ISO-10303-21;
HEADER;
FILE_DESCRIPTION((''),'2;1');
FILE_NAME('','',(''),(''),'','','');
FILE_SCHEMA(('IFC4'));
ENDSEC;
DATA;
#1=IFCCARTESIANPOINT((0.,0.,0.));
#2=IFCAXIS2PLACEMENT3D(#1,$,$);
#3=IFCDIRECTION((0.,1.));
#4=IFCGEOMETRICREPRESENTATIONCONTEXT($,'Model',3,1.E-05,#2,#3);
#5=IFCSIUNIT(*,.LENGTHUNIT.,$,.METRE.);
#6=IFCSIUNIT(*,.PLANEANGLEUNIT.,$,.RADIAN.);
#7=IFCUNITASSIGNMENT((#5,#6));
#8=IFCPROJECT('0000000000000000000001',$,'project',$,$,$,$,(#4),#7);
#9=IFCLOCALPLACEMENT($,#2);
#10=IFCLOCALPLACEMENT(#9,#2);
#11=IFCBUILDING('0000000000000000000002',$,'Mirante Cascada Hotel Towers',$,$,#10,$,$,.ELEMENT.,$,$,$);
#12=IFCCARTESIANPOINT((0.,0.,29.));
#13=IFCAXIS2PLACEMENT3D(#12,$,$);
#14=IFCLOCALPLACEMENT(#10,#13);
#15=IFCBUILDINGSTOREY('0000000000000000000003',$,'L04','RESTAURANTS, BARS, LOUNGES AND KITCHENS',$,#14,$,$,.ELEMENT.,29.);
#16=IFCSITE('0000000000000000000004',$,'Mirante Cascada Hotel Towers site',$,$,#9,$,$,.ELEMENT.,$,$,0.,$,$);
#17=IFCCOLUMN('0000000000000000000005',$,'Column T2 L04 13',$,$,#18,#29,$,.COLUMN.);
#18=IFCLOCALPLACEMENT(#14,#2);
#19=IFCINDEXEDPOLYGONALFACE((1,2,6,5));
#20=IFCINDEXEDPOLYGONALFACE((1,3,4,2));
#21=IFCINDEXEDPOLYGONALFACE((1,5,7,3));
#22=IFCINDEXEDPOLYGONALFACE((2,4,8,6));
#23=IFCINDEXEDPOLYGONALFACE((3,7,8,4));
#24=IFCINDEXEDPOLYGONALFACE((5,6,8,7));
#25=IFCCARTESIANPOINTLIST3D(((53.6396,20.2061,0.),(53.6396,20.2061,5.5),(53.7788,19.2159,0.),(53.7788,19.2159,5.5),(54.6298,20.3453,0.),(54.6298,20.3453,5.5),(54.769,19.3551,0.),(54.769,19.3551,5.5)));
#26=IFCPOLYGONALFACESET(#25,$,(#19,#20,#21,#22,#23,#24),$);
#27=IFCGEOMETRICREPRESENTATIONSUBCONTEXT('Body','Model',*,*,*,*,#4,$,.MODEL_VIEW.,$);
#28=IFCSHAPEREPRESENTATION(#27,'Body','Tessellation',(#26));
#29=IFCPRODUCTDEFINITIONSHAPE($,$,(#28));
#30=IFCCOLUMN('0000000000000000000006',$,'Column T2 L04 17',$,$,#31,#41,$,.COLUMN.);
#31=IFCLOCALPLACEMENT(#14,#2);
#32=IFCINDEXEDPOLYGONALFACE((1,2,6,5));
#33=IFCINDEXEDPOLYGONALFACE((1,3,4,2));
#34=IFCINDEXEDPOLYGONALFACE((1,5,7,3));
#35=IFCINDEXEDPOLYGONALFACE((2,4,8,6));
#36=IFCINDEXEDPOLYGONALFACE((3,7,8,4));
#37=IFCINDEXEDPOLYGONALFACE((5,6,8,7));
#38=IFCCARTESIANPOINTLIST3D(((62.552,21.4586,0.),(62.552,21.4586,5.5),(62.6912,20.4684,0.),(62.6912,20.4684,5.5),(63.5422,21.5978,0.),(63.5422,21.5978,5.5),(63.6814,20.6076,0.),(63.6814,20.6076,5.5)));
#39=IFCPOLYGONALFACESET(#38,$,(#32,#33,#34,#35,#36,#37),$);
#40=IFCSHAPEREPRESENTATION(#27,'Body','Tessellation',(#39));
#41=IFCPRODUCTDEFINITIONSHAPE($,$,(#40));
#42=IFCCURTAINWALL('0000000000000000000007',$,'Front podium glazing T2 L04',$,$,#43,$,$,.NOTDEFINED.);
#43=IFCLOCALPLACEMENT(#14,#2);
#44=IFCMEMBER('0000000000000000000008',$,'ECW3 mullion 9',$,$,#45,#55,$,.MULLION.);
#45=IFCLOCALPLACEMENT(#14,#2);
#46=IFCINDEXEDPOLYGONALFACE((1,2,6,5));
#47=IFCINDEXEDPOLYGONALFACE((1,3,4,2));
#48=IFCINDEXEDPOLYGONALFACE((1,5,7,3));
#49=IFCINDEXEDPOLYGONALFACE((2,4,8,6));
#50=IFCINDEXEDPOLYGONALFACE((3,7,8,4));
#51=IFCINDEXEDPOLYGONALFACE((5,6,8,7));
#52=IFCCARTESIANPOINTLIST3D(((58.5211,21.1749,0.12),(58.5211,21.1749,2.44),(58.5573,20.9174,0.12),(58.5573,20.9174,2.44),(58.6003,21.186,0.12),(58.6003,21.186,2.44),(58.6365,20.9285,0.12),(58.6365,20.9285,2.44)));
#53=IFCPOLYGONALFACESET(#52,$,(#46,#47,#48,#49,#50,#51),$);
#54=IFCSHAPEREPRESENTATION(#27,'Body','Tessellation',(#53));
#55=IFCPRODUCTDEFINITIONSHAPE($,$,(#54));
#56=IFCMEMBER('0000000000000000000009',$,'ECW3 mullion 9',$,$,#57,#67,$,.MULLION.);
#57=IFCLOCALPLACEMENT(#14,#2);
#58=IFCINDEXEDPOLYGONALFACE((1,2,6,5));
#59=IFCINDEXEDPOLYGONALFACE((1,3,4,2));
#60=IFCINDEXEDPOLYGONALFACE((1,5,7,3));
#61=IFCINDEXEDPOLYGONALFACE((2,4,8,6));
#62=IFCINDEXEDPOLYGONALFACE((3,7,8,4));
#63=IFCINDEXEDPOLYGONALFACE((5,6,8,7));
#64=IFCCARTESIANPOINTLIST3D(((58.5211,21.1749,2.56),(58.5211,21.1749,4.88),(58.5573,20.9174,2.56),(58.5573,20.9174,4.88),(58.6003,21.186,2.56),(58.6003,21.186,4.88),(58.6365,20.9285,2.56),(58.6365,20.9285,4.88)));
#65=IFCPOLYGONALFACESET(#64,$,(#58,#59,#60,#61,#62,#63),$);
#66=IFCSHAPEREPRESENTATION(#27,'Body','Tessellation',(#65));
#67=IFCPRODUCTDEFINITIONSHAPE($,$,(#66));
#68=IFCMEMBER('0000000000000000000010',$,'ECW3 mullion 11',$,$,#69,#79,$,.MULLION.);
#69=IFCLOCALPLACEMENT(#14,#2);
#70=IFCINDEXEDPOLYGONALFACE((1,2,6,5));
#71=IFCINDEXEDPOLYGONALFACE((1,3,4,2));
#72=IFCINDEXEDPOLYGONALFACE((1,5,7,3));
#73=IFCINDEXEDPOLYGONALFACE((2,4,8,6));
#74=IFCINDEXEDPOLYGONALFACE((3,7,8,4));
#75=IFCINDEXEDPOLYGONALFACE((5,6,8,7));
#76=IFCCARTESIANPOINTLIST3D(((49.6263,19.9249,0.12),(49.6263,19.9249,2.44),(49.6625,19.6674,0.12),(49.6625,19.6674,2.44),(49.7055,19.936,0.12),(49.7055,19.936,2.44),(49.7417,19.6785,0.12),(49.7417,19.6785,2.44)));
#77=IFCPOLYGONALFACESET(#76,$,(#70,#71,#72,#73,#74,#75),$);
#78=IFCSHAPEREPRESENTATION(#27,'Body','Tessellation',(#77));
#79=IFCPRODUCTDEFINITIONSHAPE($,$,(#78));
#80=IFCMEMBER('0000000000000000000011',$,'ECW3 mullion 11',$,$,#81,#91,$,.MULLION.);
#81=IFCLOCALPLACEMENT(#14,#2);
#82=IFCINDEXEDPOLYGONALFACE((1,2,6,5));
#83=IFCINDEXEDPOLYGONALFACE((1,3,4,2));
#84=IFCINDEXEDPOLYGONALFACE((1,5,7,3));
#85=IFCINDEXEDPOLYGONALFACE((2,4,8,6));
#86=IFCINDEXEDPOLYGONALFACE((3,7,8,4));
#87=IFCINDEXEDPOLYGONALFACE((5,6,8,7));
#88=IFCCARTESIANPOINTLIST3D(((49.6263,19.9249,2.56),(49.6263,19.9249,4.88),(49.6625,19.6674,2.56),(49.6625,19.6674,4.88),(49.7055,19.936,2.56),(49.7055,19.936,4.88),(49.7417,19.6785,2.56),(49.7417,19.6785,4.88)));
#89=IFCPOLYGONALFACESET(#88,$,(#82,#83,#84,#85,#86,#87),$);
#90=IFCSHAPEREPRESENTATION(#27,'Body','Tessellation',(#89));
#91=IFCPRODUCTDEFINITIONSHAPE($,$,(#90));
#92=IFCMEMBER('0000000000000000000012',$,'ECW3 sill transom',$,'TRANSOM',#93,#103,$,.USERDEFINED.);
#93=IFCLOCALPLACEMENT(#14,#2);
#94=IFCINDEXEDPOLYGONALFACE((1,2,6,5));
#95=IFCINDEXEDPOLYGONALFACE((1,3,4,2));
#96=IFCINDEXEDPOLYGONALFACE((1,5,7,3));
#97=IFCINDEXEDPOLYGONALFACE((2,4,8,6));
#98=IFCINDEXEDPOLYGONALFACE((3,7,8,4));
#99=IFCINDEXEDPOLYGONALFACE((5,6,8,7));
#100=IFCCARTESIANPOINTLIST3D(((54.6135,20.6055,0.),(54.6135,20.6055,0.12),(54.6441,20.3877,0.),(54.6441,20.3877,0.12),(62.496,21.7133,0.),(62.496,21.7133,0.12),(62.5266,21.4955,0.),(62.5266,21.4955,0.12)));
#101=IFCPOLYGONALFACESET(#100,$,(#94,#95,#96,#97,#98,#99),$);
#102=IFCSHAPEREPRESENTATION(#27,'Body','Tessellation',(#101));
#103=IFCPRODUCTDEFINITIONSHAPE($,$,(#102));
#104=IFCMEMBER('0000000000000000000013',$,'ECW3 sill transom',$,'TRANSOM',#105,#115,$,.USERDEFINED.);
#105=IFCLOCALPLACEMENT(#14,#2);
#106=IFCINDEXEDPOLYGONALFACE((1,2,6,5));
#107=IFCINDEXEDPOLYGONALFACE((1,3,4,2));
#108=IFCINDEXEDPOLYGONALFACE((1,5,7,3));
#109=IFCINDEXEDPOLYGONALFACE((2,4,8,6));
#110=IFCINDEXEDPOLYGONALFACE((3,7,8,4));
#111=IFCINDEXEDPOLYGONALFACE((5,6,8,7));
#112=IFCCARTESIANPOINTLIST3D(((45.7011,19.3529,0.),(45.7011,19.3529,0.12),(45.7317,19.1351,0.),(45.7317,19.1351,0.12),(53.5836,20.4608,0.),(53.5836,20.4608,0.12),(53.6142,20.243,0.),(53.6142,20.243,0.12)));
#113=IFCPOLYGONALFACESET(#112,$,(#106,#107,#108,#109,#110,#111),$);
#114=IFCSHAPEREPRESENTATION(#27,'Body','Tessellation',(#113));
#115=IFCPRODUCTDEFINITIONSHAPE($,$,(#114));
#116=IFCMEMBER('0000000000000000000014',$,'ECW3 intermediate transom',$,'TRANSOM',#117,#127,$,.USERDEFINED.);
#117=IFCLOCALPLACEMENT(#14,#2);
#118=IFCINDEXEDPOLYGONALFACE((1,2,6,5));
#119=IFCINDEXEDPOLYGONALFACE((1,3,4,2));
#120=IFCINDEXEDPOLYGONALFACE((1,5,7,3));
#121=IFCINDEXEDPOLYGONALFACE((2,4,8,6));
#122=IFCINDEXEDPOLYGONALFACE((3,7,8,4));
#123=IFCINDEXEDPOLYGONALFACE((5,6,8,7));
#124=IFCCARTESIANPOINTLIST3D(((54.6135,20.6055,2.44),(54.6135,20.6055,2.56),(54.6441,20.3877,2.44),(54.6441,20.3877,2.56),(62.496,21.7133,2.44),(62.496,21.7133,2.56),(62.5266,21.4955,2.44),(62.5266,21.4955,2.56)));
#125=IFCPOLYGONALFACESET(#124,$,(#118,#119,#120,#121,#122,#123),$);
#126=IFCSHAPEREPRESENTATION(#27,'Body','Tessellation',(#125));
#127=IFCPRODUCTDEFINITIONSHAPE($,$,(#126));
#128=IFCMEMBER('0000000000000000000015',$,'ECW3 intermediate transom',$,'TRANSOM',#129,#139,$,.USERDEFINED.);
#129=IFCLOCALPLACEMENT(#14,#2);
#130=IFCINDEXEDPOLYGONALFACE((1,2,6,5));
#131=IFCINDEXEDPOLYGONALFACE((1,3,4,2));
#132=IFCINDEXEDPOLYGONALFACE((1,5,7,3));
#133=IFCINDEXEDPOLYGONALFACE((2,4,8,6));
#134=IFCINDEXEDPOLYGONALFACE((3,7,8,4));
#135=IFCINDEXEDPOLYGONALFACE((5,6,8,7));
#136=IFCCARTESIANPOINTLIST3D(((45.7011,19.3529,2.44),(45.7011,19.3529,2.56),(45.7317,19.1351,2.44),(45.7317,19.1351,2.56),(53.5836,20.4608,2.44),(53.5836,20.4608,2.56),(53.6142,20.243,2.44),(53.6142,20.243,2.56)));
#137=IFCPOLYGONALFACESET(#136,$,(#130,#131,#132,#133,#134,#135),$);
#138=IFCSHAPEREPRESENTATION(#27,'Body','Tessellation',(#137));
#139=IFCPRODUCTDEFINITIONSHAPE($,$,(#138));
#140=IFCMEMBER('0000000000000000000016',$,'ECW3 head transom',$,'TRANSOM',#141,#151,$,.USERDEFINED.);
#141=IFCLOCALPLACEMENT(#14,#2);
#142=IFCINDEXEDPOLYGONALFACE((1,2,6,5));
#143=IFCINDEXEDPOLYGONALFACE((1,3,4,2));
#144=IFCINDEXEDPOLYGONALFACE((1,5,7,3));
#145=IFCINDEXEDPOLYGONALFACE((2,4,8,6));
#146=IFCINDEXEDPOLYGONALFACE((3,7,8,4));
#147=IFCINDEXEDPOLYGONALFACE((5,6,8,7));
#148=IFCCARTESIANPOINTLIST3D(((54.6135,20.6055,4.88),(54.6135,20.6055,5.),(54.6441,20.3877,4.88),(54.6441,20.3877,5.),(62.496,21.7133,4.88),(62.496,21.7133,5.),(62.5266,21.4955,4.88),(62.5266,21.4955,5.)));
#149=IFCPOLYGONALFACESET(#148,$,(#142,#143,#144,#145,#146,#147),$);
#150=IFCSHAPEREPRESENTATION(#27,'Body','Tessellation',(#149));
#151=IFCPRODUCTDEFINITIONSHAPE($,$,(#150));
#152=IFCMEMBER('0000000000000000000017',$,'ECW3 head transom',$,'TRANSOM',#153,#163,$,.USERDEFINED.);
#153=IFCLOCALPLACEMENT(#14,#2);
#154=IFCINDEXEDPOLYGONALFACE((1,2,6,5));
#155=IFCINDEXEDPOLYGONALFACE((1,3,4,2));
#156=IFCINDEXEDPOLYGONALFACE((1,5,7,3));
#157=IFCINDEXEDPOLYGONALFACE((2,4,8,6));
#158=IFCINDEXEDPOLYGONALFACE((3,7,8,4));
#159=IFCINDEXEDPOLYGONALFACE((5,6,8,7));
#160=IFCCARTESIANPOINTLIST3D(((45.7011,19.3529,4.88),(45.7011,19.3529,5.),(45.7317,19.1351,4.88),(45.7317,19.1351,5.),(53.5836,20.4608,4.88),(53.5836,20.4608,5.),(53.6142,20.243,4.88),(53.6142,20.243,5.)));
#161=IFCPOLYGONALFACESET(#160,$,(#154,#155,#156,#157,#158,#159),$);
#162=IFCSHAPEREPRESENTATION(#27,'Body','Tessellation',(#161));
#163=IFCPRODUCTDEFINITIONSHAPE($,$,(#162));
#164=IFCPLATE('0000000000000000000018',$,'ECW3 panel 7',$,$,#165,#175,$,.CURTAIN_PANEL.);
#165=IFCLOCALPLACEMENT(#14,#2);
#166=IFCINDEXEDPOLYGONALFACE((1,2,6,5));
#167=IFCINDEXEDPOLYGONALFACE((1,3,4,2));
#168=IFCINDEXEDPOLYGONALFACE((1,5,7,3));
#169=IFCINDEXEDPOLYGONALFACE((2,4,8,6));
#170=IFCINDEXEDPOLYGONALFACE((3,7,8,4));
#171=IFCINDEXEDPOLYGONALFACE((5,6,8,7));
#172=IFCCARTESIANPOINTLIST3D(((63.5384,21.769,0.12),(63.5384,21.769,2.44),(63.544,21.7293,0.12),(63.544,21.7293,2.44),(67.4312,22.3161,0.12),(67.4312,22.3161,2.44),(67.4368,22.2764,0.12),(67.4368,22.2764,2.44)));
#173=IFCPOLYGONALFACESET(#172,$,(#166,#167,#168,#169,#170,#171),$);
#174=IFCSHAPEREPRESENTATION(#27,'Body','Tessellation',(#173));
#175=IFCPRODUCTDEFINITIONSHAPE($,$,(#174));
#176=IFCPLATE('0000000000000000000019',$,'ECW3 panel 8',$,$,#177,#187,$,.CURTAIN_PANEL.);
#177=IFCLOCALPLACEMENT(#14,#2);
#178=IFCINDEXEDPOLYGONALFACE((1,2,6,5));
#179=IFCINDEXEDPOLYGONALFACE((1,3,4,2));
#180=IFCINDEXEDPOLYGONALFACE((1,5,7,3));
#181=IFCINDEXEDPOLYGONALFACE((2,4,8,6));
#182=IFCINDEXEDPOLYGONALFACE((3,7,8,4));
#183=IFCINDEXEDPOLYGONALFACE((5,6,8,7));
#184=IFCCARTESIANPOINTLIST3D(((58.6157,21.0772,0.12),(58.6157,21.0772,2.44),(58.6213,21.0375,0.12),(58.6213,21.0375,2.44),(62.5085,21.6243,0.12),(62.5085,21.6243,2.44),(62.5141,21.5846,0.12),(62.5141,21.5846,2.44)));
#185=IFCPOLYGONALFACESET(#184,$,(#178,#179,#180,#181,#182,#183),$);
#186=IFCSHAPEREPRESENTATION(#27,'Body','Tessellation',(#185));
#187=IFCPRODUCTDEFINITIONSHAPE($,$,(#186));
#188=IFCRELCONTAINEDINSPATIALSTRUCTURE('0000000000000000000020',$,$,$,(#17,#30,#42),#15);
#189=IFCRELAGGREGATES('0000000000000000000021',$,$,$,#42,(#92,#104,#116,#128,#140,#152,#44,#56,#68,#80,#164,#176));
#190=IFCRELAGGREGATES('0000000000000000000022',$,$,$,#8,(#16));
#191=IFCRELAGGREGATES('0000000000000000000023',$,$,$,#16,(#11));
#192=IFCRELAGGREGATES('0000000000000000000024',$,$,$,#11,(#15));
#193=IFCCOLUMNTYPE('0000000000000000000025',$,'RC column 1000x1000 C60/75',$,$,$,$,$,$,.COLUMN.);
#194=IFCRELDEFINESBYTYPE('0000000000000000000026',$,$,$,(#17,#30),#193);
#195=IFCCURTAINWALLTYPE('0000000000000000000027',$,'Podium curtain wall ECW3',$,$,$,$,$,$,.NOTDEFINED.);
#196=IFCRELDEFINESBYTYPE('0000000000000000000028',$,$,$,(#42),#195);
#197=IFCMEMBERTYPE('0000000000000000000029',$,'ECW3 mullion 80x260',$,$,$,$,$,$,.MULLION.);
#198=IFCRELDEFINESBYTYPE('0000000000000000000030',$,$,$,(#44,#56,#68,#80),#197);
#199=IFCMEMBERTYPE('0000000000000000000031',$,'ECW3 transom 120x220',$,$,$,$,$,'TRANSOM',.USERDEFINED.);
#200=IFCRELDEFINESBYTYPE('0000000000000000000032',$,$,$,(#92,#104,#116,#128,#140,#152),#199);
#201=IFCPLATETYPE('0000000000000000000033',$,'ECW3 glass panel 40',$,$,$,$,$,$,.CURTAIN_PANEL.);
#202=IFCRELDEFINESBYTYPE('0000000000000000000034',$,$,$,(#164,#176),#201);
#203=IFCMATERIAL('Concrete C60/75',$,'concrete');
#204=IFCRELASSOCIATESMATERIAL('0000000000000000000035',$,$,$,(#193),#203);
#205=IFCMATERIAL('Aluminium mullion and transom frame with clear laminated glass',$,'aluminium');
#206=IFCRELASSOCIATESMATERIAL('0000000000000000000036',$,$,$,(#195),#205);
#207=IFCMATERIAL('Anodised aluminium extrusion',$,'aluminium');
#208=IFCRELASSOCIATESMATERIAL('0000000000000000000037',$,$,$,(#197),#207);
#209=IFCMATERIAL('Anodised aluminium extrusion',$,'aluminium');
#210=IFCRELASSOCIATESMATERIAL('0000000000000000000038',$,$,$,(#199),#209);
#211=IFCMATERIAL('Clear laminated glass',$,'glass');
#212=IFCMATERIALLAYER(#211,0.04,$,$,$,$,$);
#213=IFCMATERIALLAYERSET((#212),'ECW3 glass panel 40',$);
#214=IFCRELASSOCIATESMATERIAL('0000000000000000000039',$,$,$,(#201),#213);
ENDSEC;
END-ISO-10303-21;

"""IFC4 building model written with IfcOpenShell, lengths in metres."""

from ifc_helpers import new_model, si_unit, direction, frame, origin, origin_2d, place, context, subcontext, project, spatial, rectangle, extrude, material, layer, layer_set, material_profile, profile_set, type_object, element, aggregate, save


model = new_model("IFC4")

# Units and contexts
model_context = context("Model", 3, precision=1e-05, world=origin(), true_north=direction((0.0, 1.0)))
body_context = subcontext(model_context, "Body", "Model", "MODEL_VIEW")
ifc_project = project(units=[si_unit("LENGTHUNIT", "METRE"), si_unit("PLANEANGLEUNIT", "RADIAN")], contexts=[model_context])

# Site, building, storey
site_placement = place(None, origin())
site = spatial("IfcSite", under=ifc_project, at=site_placement, Name="Mirante Cascada Hotel Towers site", CompositionType="ELEMENT", RefElevation=0.0)
building_placement = place(site_placement, origin())
building = spatial("IfcBuilding", under=site, at=building_placement, Name="Mirante Cascada Hotel Towers", CompositionType="ELEMENT")
storey_placement = place(building_placement, frame((0.0, 0.0, 29.0)))
storey = spatial("IfcBuildingStorey", under=building, at=storey_placement, Name="L04", Description="RESTAURANTS, BARS, LOUNGES AND KITCHENS", CompositionType="ELEMENT", Elevation=29.0)

# Columns
ifc_material_1 = material(Name="Concrete C60/75", Category="concrete")
ifc_material_profile_1 = material_profile(ifc_material_1, rectangle(XDim=1.0, YDim=1.0, at=origin_2d()), Name="RC column 1000x1000 C60/75")
ifc_profile_set_1 = profile_set([ifc_material_profile_1], Name="Concrete C60/75")
column_type = type_object("IfcColumnType", Name="RC column 1000x1000 C60/75", PredefinedType="COLUMN", material=ifc_profile_set_1)
for number, where, z_axis, x_axis, name in (
    (1, (54.2043, 19.7806, 0.0), (0.0, 0.0, 1.0), (0.990268, 0.139173, 0.0), "Column T2 L04 13"),
    (2, (63.1167, 21.0331, 0.0), (0.0, 0.0, 1.0), (0.990268, 0.139173, 0.0), "Column T2 L04 17"),
):
    element("IfcColumn", number, at=place(storey_placement, frame(where, z_axis=z_axis, x_axis=x_axis)), inside=storey, type_object=column_type, Name=name, PredefinedType="COLUMN", context=body_context, shape_type="SweptSolid", body=[
        extrude(rectangle(XDim=1.0, YDim=1.0, at=origin_2d()), origin(), (0.0, 0.0, 1.0), 5.5),
    ])

# Curtain wall, members, plates
ifc_material_2 = material(Name="Aluminium mullion and transom frame with clear laminated glass", Category="aluminium")
curtain_wall_type = type_object("IfcCurtainWallType", Name="Podium curtain wall ECW3", PredefinedType="NOTDEFINED", material=ifc_material_2)
curtain_wall_placement = place(storey_placement, origin())
curtain_wall = element("IfcCurtainWall", 3, at=curtain_wall_placement, inside=storey, type_object=curtain_wall_type, Name="Front podium glazing T2 L04", PredefinedType="NOTDEFINED")
ifc_material_3 = material(Name="Anodised aluminium extrusion", Category="aluminium")
ifc_material_profile_2 = material_profile(ifc_material_3, rectangle(XDim=0.26, YDim=0.08, at=origin_2d()), Name="ECW3 MULLION 80x260")
ifc_profile_set_2 = profile_set([ifc_material_profile_2], Name="Anodised aluminium extrusion")
member_type_1 = type_object("IfcMemberType", Name="ECW3 mullion 80x260", PredefinedType="MULLION", material=ifc_profile_set_2)
member_1_placement = place(storey_placement, frame((58.5788, 21.0517, 0.12), z_axis=(0.0, 0.0, 1.0), x_axis=(0.139173, -0.990268, 0.0)))
member_1 = element("IfcMember", 4, at=member_1_placement, type_object=member_type_1, Name="ECW3 mullion 9", PredefinedType="MULLION", context=body_context, shape_type="SweptSolid", body=[
    extrude(rectangle(XDim=0.26, YDim=0.08, at=origin_2d()), origin(), (0.0, 0.0, 1.0), 2.32),
])
member_2_placement = place(storey_placement, frame((58.5788, 21.0517, 2.56), z_axis=(0.0, 0.0, 1.0), x_axis=(0.139173, -0.990268, 0.0)))
member_2 = element("IfcMember", 5, at=member_2_placement, type_object=member_type_1, Name="ECW3 mullion 9", PredefinedType="MULLION", context=body_context, shape_type="SweptSolid", body=[
    extrude(rectangle(XDim=0.26, YDim=0.08, at=origin_2d()), origin(), (0.0, 0.0, 1.0), 2.32),
])
member_3_placement = place(storey_placement, frame((49.684, 19.8017, 0.12), z_axis=(0.0, 0.0, 1.0), x_axis=(0.139173, -0.990268, 0.0)))
member_3 = element("IfcMember", 6, at=member_3_placement, type_object=member_type_1, Name="ECW3 mullion 11", PredefinedType="MULLION", context=body_context, shape_type="SweptSolid", body=[
    extrude(rectangle(XDim=0.26, YDim=0.08, at=origin_2d()), origin(), (0.0, 0.0, 1.0), 2.32),
])
member_4_placement = place(storey_placement, frame((49.684, 19.8017, 2.56), z_axis=(0.0, 0.0, 1.0), x_axis=(0.139173, -0.990268, 0.0)))
member_4 = element("IfcMember", 7, at=member_4_placement, type_object=member_type_1, Name="ECW3 mullion 11", PredefinedType="MULLION", context=body_context, shape_type="SweptSolid", body=[
    extrude(rectangle(XDim=0.26, YDim=0.08, at=origin_2d()), origin(), (0.0, 0.0, 1.0), 2.32),
])
ifc_material_4 = material(Name="Anodised aluminium extrusion", Category="aluminium")
ifc_material_profile_3 = material_profile(ifc_material_4, rectangle(XDim=0.22, YDim=0.12, at=origin_2d()), Name="ECW3 TRANSOM 120x220")
ifc_profile_set_3 = profile_set([ifc_material_profile_3], Name="Anodised aluminium extrusion")
member_type_2 = type_object("IfcMemberType", Name="ECW3 transom 120x220", ElementType="TRANSOM", PredefinedType="USERDEFINED", material=ifc_profile_set_3)
member_5_placement = place(storey_placement, frame((62.5113, 21.6044, 0.06), z_axis=(-0.990268, -0.139172, 0.0), x_axis=(0.139172, -0.990268, 0.0)))
member_5 = element("IfcMember", 8, at=member_5_placement, type_object=member_type_2, Name="ECW3 sill transom", ObjectType="TRANSOM", PredefinedType="USERDEFINED", context=body_context, shape_type="SweptSolid", body=[
    extrude(rectangle(XDim=0.22, YDim=0.12, at=origin_2d()), origin(), (0.0, 0.0, 1.0), 7.96),
])
member_6_placement = place(storey_placement, frame((53.5989, 20.3519, 0.06), z_axis=(-0.990267, -0.139184, 0.0), x_axis=(0.139184, -0.990267, 0.0)))
member_6 = element("IfcMember", 9, at=member_6_placement, type_object=member_type_2, Name="ECW3 sill transom", ObjectType="TRANSOM", PredefinedType="USERDEFINED", context=body_context, shape_type="SweptSolid", body=[
    extrude(rectangle(XDim=0.22, YDim=0.12, at=origin_2d()), origin(), (0.0, 0.0, 1.0), 7.96),
])
member_7_placement = place(storey_placement, frame((62.5113, 21.6044, 2.5), z_axis=(-0.990268, -0.139172, 0.0), x_axis=(0.139172, -0.990268, 0.0)))
member_7 = element("IfcMember", 10, at=member_7_placement, type_object=member_type_2, Name="ECW3 intermediate transom", ObjectType="TRANSOM", PredefinedType="USERDEFINED", context=body_context, shape_type="SweptSolid", body=[
    extrude(rectangle(XDim=0.22, YDim=0.12, at=origin_2d()), origin(), (0.0, 0.0, 1.0), 7.96),
])
member_8_placement = place(storey_placement, frame((53.5989, 20.3519, 2.5), z_axis=(-0.990267, -0.139184, 0.0), x_axis=(0.139184, -0.990267, 0.0)))
member_8 = element("IfcMember", 11, at=member_8_placement, type_object=member_type_2, Name="ECW3 intermediate transom", ObjectType="TRANSOM", PredefinedType="USERDEFINED", context=body_context, shape_type="SweptSolid", body=[
    extrude(rectangle(XDim=0.22, YDim=0.12, at=origin_2d()), origin(), (0.0, 0.0, 1.0), 7.96),
])
member_9_placement = place(storey_placement, frame((62.5113, 21.6044, 4.94), z_axis=(-0.990268, -0.139172, 0.0), x_axis=(0.139172, -0.990268, 0.0)))
member_9 = element("IfcMember", 12, at=member_9_placement, type_object=member_type_2, Name="ECW3 head transom", ObjectType="TRANSOM", PredefinedType="USERDEFINED", context=body_context, shape_type="SweptSolid", body=[
    extrude(rectangle(XDim=0.22, YDim=0.12, at=origin_2d()), origin(), (0.0, 0.0, 1.0), 7.96),
])
member_10_placement = place(storey_placement, frame((53.5989, 20.3519, 4.94), z_axis=(-0.990267, -0.139184, 0.0), x_axis=(0.139184, -0.990267, 0.0)))
member_10 = element("IfcMember", 13, at=member_10_placement, type_object=member_type_2, Name="ECW3 head transom", ObjectType="TRANSOM", PredefinedType="USERDEFINED", context=body_context, shape_type="SweptSolid", body=[
    extrude(rectangle(XDim=0.22, YDim=0.12, at=origin_2d()), origin(), (0.0, 0.0, 1.0), 7.96),
])
ifc_material_5 = material(Name="Clear laminated glass", Category="glass")
ifc_layer_1 = layer(ifc_material_5, 0.04)
ifc_layer_set_1 = layer_set([ifc_layer_1], Name="ECW3 glass panel 40")
plate_type = type_object("IfcPlateType", Name="ECW3 glass panel 40", PredefinedType="CURTAIN_PANEL", material=ifc_layer_set_1)
plate_1_placement = place(storey_placement, frame((65.4876, 22.0227, 0.12), z_axis=(0.0, 0.0, 1.0), x_axis=(-0.990268, -0.139173, 0.0)))
plate_1 = element("IfcPlate", 14, at=plate_1_placement, type_object=plate_type, Name="ECW3 panel 7", PredefinedType="CURTAIN_PANEL", context=body_context, shape_type="SweptSolid", body=[
    extrude(rectangle(XDim=3.9311, YDim=0.04, at=origin_2d()), origin(), (0.0, 0.0, 1.0), 2.32),
])
plate_2_placement = place(storey_placement, frame((60.5649, 21.3309, 0.12), z_axis=(0.0, 0.0, 1.0), x_axis=(-0.990268, -0.139173, 0.0)))
plate_2 = element("IfcPlate", 15, at=plate_2_placement, type_object=plate_type, Name="ECW3 panel 8", PredefinedType="CURTAIN_PANEL", context=body_context, shape_type="SweptSolid", body=[
    extrude(rectangle(XDim=3.9311, YDim=0.04, at=origin_2d()), origin(), (0.0, 0.0, 1.0), 2.32),
])
aggregate(curtain_wall, [member_5, member_6, member_7, member_8, member_9, member_10, member_1, member_2, member_3, member_4, plate_1, plate_2])

save(model, "model.ifc")
